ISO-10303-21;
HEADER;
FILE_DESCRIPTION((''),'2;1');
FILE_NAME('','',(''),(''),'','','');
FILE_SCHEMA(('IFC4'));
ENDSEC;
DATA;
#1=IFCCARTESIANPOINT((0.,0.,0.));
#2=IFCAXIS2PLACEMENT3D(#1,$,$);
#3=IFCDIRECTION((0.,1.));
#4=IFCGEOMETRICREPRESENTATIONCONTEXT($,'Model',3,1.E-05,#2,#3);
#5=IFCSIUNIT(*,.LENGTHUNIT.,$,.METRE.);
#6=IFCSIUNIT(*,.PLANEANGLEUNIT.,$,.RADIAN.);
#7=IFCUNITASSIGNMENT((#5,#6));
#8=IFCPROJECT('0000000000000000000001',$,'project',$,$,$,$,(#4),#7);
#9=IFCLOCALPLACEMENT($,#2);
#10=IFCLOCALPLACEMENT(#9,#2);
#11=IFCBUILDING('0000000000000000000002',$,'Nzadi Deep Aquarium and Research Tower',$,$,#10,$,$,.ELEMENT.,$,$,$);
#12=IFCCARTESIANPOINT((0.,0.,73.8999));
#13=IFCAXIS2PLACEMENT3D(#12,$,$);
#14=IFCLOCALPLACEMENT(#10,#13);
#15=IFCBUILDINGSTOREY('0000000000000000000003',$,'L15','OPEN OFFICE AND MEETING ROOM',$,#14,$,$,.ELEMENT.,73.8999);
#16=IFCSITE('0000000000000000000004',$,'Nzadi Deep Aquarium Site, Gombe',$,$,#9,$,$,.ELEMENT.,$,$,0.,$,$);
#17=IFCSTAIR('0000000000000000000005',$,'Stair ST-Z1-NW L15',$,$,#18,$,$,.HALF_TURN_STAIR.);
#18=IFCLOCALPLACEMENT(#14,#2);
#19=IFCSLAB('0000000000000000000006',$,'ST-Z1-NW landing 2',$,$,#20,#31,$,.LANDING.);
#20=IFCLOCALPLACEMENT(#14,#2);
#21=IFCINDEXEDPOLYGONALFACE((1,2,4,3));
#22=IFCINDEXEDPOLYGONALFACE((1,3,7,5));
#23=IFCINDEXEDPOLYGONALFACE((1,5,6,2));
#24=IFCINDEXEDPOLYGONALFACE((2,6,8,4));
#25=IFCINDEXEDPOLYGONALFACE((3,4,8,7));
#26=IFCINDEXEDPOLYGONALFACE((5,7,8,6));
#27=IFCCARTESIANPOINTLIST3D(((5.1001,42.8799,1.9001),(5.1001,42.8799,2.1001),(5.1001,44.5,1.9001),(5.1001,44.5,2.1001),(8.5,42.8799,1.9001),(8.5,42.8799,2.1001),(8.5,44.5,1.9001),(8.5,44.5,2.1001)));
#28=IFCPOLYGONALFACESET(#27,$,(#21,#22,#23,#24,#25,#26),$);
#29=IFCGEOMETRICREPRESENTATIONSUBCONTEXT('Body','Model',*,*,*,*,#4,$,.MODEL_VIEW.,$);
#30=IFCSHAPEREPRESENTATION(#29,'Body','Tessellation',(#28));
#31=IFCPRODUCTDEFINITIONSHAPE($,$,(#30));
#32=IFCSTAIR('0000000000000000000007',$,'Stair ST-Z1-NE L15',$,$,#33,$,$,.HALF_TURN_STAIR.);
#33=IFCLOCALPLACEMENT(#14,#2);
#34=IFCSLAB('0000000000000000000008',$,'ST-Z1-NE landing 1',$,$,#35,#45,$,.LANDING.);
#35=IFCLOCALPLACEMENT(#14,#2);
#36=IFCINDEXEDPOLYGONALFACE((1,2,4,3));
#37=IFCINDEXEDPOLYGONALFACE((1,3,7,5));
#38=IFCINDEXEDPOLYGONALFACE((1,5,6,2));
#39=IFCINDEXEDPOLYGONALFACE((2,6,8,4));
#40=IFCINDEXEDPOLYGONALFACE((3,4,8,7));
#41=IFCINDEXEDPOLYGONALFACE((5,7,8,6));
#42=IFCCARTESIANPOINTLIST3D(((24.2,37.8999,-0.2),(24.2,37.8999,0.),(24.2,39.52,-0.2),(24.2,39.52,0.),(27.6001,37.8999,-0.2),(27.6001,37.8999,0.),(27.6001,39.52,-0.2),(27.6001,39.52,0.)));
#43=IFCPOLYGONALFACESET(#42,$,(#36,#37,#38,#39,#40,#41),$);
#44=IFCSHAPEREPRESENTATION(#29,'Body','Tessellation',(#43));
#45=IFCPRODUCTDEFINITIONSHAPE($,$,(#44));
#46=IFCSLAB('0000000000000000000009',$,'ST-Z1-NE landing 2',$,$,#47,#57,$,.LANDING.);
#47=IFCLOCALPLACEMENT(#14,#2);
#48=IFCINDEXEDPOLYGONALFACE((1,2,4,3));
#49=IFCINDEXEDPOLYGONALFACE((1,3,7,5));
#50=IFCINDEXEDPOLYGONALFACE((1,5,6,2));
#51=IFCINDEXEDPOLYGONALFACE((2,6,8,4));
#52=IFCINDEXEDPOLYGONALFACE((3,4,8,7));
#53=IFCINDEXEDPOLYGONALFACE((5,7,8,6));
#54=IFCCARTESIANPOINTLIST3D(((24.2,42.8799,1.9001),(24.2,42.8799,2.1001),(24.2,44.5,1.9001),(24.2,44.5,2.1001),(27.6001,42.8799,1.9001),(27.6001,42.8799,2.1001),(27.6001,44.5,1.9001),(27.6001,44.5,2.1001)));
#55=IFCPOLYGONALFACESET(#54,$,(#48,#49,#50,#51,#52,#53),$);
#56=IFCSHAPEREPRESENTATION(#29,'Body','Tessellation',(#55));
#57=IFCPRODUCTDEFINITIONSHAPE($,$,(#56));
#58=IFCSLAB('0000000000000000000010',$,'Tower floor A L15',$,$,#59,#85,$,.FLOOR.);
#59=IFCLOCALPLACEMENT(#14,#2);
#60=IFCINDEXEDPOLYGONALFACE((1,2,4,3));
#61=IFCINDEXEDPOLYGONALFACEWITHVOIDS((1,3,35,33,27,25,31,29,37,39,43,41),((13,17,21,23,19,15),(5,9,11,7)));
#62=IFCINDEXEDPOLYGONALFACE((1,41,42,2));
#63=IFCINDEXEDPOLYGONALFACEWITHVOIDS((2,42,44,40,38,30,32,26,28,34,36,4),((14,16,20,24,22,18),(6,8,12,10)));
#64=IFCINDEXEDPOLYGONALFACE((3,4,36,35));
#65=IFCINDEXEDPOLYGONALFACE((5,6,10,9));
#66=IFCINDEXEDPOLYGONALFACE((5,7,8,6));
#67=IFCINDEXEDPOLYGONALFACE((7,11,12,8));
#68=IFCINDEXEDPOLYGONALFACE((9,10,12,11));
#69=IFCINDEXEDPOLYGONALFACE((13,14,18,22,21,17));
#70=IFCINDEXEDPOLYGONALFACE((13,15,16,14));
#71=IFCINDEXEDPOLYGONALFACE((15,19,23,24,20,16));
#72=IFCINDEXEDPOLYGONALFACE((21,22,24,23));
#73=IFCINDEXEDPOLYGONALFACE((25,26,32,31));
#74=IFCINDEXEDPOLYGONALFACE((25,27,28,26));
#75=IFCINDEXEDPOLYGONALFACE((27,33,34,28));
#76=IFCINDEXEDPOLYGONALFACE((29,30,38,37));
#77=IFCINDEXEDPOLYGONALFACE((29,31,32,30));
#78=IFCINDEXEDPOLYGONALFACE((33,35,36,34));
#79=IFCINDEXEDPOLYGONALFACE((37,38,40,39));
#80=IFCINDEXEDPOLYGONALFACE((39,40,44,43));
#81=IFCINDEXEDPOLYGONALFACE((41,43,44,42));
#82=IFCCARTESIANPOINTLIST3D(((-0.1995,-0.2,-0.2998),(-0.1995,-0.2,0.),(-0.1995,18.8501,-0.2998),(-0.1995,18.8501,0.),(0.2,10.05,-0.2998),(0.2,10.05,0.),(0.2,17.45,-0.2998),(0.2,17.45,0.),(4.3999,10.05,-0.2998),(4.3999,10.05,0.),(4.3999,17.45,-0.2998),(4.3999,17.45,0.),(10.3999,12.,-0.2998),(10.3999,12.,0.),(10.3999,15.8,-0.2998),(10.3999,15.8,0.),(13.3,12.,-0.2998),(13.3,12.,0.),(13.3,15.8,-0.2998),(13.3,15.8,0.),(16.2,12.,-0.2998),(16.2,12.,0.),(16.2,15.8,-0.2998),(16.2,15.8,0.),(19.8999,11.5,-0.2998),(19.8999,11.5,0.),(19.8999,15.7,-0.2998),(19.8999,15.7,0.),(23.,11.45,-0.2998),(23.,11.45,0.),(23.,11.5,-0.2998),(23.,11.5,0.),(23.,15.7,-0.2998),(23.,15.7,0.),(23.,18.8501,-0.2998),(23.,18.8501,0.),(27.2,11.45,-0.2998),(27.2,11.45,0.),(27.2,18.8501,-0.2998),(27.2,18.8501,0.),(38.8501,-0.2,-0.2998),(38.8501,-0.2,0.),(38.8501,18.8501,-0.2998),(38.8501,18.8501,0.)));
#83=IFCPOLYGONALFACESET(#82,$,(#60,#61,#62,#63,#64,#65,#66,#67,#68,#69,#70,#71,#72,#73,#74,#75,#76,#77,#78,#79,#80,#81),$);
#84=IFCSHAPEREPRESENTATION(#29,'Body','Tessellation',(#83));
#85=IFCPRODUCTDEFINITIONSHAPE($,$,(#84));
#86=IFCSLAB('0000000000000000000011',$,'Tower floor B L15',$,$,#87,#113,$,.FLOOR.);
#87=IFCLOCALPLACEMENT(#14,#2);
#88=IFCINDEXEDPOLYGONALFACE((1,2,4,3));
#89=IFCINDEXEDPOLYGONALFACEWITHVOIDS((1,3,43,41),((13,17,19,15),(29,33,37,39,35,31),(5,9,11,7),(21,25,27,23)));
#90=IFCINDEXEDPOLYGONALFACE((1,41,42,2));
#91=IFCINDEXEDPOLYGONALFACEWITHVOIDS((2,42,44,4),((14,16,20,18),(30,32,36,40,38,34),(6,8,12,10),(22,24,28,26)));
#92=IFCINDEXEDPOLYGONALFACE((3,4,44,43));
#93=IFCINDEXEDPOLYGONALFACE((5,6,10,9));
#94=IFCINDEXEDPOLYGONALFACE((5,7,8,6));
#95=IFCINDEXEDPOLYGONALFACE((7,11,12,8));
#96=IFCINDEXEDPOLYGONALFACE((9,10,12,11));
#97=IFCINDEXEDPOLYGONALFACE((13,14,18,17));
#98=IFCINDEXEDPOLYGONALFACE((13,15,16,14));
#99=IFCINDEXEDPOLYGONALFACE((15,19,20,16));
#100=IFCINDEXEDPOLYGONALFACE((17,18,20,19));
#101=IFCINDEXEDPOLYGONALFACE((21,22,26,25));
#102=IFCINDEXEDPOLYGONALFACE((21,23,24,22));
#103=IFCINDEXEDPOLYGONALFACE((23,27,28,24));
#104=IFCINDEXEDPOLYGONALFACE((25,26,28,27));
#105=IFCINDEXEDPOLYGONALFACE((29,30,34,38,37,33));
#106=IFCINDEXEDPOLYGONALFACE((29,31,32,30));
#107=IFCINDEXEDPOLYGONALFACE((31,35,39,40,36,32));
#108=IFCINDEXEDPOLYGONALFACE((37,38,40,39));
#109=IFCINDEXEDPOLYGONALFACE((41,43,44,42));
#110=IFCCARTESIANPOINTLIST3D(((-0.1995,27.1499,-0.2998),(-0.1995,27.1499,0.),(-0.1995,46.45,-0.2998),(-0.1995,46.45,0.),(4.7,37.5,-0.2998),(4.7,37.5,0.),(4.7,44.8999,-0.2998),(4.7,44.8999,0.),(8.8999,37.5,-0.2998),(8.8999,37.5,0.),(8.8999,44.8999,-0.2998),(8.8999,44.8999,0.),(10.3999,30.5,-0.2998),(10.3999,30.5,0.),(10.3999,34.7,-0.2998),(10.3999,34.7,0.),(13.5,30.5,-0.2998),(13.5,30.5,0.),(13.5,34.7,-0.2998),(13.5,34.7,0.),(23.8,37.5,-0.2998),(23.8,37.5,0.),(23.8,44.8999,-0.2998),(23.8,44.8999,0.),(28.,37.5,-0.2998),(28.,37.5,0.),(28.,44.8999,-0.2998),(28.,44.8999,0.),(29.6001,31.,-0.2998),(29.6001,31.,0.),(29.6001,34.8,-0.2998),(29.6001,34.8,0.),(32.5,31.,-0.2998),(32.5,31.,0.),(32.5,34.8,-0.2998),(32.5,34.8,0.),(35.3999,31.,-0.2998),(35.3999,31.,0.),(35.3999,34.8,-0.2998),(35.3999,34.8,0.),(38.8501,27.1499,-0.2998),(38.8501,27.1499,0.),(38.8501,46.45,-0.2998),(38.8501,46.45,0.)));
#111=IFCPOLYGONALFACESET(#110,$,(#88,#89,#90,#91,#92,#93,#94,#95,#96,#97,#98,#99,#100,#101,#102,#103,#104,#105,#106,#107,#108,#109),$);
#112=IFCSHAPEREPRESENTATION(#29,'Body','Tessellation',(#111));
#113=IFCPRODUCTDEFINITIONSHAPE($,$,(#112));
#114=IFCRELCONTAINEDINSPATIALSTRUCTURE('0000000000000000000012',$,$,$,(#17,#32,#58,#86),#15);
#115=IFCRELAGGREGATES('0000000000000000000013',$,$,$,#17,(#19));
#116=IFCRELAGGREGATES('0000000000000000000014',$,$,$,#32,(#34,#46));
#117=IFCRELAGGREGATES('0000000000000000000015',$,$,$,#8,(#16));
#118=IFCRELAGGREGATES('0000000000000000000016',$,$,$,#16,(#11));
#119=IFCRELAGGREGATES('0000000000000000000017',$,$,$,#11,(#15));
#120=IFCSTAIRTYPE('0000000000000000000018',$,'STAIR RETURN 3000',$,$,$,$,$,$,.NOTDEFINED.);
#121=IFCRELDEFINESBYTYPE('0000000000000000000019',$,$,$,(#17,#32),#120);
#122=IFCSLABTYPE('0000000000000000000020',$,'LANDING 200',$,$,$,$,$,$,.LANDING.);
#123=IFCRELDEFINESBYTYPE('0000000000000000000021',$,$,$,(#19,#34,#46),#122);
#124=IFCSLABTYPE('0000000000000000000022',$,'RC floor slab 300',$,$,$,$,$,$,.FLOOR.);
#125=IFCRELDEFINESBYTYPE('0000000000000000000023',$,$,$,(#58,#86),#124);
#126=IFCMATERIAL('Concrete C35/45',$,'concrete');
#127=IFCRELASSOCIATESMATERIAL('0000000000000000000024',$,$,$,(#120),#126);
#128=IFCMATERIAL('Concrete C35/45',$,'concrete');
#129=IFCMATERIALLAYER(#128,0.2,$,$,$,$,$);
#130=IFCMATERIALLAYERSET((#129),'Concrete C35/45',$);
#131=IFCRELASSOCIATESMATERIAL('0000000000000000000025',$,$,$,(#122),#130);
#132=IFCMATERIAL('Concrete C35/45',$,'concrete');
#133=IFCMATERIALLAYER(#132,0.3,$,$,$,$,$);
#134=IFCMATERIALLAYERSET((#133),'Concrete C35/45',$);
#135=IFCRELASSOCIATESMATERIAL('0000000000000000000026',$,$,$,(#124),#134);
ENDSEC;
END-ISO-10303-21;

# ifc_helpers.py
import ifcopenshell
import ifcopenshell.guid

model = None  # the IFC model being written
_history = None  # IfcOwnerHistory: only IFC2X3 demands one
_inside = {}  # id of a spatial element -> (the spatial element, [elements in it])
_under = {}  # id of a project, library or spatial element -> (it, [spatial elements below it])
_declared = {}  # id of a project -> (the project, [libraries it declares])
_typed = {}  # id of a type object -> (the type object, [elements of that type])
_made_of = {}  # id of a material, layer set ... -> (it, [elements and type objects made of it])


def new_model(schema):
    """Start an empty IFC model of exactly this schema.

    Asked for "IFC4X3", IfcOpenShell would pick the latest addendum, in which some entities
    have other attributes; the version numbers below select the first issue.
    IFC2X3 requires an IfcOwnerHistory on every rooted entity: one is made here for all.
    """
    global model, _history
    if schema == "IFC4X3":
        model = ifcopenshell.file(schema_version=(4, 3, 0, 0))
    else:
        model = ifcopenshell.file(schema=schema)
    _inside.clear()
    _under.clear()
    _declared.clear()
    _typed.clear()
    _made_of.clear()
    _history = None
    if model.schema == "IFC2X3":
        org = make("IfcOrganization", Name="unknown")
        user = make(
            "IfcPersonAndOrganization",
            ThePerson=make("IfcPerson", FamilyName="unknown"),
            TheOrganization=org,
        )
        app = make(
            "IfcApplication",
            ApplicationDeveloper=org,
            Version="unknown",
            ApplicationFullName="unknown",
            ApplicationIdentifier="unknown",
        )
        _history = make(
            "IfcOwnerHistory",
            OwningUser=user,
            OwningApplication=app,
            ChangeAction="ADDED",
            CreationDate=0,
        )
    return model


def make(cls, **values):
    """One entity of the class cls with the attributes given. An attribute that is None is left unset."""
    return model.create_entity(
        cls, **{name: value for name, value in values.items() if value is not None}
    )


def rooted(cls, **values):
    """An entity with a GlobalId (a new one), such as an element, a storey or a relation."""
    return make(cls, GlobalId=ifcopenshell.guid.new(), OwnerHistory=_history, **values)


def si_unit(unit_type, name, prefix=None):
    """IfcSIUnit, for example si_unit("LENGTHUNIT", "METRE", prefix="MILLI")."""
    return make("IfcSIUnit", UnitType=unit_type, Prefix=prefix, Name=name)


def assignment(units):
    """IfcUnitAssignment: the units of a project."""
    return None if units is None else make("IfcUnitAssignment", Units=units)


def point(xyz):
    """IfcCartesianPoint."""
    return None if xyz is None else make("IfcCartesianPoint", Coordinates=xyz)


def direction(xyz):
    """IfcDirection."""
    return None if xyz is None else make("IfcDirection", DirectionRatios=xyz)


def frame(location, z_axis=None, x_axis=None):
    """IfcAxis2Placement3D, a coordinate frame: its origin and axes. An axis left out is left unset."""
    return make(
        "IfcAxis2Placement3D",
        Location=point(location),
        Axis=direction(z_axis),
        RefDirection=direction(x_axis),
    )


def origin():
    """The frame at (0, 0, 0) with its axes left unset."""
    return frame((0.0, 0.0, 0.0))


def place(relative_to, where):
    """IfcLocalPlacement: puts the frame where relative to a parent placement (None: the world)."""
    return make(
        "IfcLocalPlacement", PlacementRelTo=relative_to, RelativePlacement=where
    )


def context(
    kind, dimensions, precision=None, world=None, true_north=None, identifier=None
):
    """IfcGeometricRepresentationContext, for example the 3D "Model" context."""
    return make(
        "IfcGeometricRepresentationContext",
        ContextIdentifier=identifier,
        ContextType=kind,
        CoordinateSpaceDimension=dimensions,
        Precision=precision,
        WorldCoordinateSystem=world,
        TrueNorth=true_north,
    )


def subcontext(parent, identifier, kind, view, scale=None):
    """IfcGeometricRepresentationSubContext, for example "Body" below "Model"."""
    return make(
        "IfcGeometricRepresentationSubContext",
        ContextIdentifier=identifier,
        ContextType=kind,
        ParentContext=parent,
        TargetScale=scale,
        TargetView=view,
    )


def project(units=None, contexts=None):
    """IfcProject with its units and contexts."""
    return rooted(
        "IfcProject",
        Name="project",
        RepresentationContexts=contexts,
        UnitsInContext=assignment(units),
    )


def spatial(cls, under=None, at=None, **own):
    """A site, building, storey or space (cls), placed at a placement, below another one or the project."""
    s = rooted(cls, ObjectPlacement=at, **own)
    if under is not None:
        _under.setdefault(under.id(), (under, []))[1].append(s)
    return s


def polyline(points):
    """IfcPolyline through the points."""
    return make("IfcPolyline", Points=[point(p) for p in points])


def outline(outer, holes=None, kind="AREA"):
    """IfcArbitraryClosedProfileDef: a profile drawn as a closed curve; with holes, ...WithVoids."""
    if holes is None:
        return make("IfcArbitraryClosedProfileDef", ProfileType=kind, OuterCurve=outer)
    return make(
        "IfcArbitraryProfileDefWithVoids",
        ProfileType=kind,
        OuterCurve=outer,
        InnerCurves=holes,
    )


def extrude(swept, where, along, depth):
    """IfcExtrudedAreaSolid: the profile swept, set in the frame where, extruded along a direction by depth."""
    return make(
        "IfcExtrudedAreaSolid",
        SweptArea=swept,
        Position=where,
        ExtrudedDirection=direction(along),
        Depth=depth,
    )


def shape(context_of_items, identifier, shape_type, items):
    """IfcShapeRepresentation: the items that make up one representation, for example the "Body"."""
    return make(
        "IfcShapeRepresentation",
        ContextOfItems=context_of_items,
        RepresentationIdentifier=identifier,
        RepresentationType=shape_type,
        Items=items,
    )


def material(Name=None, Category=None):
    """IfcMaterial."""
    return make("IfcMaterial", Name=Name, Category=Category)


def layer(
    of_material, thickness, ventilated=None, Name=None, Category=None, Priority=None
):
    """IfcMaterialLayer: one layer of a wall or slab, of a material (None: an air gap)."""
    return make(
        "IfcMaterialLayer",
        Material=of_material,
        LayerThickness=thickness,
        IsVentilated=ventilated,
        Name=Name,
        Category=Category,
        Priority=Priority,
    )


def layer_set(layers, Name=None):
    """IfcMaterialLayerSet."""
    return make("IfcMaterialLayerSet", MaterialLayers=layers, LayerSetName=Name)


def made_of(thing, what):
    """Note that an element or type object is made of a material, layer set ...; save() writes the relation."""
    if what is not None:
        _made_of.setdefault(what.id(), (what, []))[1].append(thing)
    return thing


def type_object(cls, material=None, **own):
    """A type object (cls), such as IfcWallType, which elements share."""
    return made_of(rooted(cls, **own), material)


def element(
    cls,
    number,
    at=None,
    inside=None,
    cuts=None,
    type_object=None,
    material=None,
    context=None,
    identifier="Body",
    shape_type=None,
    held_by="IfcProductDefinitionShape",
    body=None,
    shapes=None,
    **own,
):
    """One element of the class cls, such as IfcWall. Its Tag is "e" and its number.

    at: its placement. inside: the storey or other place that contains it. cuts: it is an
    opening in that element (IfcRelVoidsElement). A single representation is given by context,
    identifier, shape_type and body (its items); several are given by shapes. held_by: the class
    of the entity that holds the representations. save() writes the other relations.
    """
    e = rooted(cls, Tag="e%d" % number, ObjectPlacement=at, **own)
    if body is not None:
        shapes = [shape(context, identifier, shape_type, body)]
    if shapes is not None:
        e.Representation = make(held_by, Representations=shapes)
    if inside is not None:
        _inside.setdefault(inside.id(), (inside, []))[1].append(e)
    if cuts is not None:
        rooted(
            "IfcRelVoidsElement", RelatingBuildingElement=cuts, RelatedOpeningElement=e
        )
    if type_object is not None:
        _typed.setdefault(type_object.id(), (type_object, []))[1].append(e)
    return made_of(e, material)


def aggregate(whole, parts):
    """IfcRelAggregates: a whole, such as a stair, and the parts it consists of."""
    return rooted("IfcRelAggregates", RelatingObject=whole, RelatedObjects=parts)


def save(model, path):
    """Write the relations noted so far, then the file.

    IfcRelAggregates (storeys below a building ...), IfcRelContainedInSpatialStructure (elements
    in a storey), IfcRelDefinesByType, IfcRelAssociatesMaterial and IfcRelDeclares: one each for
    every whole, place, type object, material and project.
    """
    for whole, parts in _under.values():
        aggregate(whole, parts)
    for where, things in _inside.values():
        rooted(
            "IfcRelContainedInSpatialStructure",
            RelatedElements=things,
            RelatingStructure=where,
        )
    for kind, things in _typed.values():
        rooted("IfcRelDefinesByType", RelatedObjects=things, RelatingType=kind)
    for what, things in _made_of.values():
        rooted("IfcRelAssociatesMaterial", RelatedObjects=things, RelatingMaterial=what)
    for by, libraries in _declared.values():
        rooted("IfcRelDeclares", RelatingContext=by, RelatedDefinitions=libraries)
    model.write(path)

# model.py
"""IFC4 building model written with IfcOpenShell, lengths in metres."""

from ifc_helpers import new_model, si_unit, direction, frame, origin, place, context, subcontext, project, spatial, polyline, outline, extrude, material, layer, layer_set, type_object, element, aggregate, save


model = new_model("IFC4")

# Units and contexts
model_context = context("Model", 3, precision=1e-05, world=origin(), true_north=direction((0.0, 1.0)))
body_context = subcontext(model_context, "Body", "Model", "MODEL_VIEW")
ifc_project = project(units=[si_unit("LENGTHUNIT", "METRE"), si_unit("PLANEANGLEUNIT", "RADIAN")], contexts=[model_context])

# Site, building, storey
site_placement = place(None, origin())
site = spatial("IfcSite", under=ifc_project, at=site_placement, Name="Nzadi Deep Aquarium Site, Gombe", CompositionType="ELEMENT", RefElevation=0.0)
building_placement = place(site_placement, origin())
building = spatial("IfcBuilding", under=site, at=building_placement, Name="Nzadi Deep Aquarium and Research Tower", CompositionType="ELEMENT")
storey_placement = place(building_placement, frame((0.0, 0.0, 73.8999)))
storey = spatial("IfcBuildingStorey", under=building, at=storey_placement, Name="L15", Description="OPEN OFFICE AND MEETING ROOM", CompositionType="ELEMENT", Elevation=73.8999)

# Stairs, slabs
ifc_material_1 = material(Name="Concrete C35/45", Category="concrete")
stair_type = type_object("IfcStairType", Name="STAIR RETURN 3000", PredefinedType="NOTDEFINED", material=ifc_material_1)
ifc_material_2 = material(Name="Concrete C35/45", Category="concrete")
ifc_layer_1 = layer(ifc_material_2, 0.2)
ifc_layer_set_1 = layer_set([ifc_layer_1], Name="Concrete C35/45")
slab_type_1 = type_object("IfcSlabType", Name="LANDING 200", PredefinedType="LANDING", material=ifc_layer_set_1)
stair_1_placement = place(storey_placement, origin())
stair_1 = element("IfcStair", 1, at=stair_1_placement, inside=storey, type_object=stair_type, Name="Stair ST-Z1-NW L15", PredefinedType="HALF_TURN_STAIR")
slab_1_placement = place(storey_placement, frame((0.0, 0.0, 1.9001)))
slab_1 = element("IfcSlab", 2, at=slab_1_placement, type_object=slab_type_1, Name="ST-Z1-NW landing 2", PredefinedType="LANDING", context=body_context, shape_type="SweptSolid", body=[
    extrude(outline(polyline([(5.1001, 42.8799), (8.5, 42.8799), (8.5, 44.5), (5.1001, 44.5), (5.1001, 42.8799)])), origin(), (0.0, 0.0, 1.0), 0.2),
])
aggregate(stair_1, [slab_1])
stair_2_placement = place(storey_placement, origin())
stair_2 = element("IfcStair", 3, at=stair_2_placement, inside=storey, type_object=stair_type, Name="Stair ST-Z1-NE L15", PredefinedType="HALF_TURN_STAIR")
slab_2_placement = place(storey_placement, frame((0.0, 0.0, -0.2)))
slab_2 = element("IfcSlab", 4, at=slab_2_placement, type_object=slab_type_1, Name="ST-Z1-NE landing 1", PredefinedType="LANDING", context=body_context, shape_type="SweptSolid", body=[
    extrude(outline(polyline([(24.2, 37.8999), (27.6001, 37.8999), (27.6001, 39.52), (24.2, 39.52), (24.2, 37.8999)])), origin(), (0.0, 0.0, 1.0), 0.2),
])
slab_3_placement = place(storey_placement, frame((0.0, 0.0, 1.9001)))
slab_3 = element("IfcSlab", 5, at=slab_3_placement, type_object=slab_type_1, Name="ST-Z1-NE landing 2", PredefinedType="LANDING", context=body_context, shape_type="SweptSolid", body=[
    extrude(outline(polyline([(24.2, 42.8799), (27.6001, 42.8799), (27.6001, 44.5), (24.2, 44.5), (24.2, 42.8799)])), origin(), (0.0, 0.0, 1.0), 0.2),
])
aggregate(stair_2, [slab_2, slab_3])

# Slabs
ifc_material_3 = material(Name="Concrete C35/45", Category="concrete")
ifc_layer_2 = layer(ifc_material_3, 0.3)
ifc_layer_set_2 = layer_set([ifc_layer_2], Name="Concrete C35/45")
slab_type_2 = type_object("IfcSlabType", Name="RC floor slab 300", PredefinedType="FLOOR", material=ifc_layer_set_2)
slab_4_placement = place(storey_placement, frame((0.0, 0.0, -0.2998)))
element("IfcSlab", 6, at=slab_4_placement, inside=storey, type_object=slab_type_2, Name="Tower floor A L15", PredefinedType="FLOOR", context=body_context, shape_type="SweptSolid", body=[
    extrude(outline(polyline([(27.2, 11.45), (23.0, 11.45), (23.0, 11.5), (19.8999, 11.5), (19.8999, 15.7), (23.0, 15.7), (23.0, 18.8501), (-0.1995, 18.8501), (-0.1995, -0.2), (38.8501, -0.2), (38.8501, 18.8501), (27.2, 18.8501), (27.2, 11.45)]), holes=[polyline([(4.3999, 17.45), (4.3999, 10.05), (0.2, 10.05), (0.2, 17.45), (4.3999, 17.45)]), polyline([(10.3999, 12.0), (10.3999, 15.8), (13.3, 15.8), (16.2, 15.8), (16.2, 12.0), (13.3, 12.0), (10.3999, 12.0)])]), origin(), (0.0, 0.0, 1.0), 0.2998),
])
slab_5_placement = place(storey_placement, frame((0.0, 0.0, -0.2998)))
element("IfcSlab", 7, at=slab_5_placement, inside=storey, type_object=slab_type_2, Name="Tower floor B L15", PredefinedType="FLOOR", context=body_context, shape_type="SweptSolid", body=[
    extrude(outline(polyline([(-0.1995, 27.1499), (38.8501, 27.1499), (38.8501, 46.45), (-0.1995, 46.45), (-0.1995, 27.1499)]), holes=[polyline([(8.8999, 44.8999), (8.8999, 37.5), (4.7, 37.5), (4.7, 44.8999), (8.8999, 44.8999)]), polyline([(28.0, 37.5), (23.8, 37.5), (23.8, 44.8999), (28.0, 44.8999), (28.0, 37.5)]), polyline([(10.3999, 30.5), (10.3999, 34.7), (13.5, 34.7), (13.5, 30.5), (10.3999, 30.5)]), polyline([(29.6001, 34.8), (32.5, 34.8), (35.3999, 34.8), (35.3999, 31.0), (32.5, 31.0), (29.6001, 31.0), (29.6001, 34.8)])]), origin(), (0.0, 0.0, 1.0), 0.2998),
])

save(model, "model.ifc")
